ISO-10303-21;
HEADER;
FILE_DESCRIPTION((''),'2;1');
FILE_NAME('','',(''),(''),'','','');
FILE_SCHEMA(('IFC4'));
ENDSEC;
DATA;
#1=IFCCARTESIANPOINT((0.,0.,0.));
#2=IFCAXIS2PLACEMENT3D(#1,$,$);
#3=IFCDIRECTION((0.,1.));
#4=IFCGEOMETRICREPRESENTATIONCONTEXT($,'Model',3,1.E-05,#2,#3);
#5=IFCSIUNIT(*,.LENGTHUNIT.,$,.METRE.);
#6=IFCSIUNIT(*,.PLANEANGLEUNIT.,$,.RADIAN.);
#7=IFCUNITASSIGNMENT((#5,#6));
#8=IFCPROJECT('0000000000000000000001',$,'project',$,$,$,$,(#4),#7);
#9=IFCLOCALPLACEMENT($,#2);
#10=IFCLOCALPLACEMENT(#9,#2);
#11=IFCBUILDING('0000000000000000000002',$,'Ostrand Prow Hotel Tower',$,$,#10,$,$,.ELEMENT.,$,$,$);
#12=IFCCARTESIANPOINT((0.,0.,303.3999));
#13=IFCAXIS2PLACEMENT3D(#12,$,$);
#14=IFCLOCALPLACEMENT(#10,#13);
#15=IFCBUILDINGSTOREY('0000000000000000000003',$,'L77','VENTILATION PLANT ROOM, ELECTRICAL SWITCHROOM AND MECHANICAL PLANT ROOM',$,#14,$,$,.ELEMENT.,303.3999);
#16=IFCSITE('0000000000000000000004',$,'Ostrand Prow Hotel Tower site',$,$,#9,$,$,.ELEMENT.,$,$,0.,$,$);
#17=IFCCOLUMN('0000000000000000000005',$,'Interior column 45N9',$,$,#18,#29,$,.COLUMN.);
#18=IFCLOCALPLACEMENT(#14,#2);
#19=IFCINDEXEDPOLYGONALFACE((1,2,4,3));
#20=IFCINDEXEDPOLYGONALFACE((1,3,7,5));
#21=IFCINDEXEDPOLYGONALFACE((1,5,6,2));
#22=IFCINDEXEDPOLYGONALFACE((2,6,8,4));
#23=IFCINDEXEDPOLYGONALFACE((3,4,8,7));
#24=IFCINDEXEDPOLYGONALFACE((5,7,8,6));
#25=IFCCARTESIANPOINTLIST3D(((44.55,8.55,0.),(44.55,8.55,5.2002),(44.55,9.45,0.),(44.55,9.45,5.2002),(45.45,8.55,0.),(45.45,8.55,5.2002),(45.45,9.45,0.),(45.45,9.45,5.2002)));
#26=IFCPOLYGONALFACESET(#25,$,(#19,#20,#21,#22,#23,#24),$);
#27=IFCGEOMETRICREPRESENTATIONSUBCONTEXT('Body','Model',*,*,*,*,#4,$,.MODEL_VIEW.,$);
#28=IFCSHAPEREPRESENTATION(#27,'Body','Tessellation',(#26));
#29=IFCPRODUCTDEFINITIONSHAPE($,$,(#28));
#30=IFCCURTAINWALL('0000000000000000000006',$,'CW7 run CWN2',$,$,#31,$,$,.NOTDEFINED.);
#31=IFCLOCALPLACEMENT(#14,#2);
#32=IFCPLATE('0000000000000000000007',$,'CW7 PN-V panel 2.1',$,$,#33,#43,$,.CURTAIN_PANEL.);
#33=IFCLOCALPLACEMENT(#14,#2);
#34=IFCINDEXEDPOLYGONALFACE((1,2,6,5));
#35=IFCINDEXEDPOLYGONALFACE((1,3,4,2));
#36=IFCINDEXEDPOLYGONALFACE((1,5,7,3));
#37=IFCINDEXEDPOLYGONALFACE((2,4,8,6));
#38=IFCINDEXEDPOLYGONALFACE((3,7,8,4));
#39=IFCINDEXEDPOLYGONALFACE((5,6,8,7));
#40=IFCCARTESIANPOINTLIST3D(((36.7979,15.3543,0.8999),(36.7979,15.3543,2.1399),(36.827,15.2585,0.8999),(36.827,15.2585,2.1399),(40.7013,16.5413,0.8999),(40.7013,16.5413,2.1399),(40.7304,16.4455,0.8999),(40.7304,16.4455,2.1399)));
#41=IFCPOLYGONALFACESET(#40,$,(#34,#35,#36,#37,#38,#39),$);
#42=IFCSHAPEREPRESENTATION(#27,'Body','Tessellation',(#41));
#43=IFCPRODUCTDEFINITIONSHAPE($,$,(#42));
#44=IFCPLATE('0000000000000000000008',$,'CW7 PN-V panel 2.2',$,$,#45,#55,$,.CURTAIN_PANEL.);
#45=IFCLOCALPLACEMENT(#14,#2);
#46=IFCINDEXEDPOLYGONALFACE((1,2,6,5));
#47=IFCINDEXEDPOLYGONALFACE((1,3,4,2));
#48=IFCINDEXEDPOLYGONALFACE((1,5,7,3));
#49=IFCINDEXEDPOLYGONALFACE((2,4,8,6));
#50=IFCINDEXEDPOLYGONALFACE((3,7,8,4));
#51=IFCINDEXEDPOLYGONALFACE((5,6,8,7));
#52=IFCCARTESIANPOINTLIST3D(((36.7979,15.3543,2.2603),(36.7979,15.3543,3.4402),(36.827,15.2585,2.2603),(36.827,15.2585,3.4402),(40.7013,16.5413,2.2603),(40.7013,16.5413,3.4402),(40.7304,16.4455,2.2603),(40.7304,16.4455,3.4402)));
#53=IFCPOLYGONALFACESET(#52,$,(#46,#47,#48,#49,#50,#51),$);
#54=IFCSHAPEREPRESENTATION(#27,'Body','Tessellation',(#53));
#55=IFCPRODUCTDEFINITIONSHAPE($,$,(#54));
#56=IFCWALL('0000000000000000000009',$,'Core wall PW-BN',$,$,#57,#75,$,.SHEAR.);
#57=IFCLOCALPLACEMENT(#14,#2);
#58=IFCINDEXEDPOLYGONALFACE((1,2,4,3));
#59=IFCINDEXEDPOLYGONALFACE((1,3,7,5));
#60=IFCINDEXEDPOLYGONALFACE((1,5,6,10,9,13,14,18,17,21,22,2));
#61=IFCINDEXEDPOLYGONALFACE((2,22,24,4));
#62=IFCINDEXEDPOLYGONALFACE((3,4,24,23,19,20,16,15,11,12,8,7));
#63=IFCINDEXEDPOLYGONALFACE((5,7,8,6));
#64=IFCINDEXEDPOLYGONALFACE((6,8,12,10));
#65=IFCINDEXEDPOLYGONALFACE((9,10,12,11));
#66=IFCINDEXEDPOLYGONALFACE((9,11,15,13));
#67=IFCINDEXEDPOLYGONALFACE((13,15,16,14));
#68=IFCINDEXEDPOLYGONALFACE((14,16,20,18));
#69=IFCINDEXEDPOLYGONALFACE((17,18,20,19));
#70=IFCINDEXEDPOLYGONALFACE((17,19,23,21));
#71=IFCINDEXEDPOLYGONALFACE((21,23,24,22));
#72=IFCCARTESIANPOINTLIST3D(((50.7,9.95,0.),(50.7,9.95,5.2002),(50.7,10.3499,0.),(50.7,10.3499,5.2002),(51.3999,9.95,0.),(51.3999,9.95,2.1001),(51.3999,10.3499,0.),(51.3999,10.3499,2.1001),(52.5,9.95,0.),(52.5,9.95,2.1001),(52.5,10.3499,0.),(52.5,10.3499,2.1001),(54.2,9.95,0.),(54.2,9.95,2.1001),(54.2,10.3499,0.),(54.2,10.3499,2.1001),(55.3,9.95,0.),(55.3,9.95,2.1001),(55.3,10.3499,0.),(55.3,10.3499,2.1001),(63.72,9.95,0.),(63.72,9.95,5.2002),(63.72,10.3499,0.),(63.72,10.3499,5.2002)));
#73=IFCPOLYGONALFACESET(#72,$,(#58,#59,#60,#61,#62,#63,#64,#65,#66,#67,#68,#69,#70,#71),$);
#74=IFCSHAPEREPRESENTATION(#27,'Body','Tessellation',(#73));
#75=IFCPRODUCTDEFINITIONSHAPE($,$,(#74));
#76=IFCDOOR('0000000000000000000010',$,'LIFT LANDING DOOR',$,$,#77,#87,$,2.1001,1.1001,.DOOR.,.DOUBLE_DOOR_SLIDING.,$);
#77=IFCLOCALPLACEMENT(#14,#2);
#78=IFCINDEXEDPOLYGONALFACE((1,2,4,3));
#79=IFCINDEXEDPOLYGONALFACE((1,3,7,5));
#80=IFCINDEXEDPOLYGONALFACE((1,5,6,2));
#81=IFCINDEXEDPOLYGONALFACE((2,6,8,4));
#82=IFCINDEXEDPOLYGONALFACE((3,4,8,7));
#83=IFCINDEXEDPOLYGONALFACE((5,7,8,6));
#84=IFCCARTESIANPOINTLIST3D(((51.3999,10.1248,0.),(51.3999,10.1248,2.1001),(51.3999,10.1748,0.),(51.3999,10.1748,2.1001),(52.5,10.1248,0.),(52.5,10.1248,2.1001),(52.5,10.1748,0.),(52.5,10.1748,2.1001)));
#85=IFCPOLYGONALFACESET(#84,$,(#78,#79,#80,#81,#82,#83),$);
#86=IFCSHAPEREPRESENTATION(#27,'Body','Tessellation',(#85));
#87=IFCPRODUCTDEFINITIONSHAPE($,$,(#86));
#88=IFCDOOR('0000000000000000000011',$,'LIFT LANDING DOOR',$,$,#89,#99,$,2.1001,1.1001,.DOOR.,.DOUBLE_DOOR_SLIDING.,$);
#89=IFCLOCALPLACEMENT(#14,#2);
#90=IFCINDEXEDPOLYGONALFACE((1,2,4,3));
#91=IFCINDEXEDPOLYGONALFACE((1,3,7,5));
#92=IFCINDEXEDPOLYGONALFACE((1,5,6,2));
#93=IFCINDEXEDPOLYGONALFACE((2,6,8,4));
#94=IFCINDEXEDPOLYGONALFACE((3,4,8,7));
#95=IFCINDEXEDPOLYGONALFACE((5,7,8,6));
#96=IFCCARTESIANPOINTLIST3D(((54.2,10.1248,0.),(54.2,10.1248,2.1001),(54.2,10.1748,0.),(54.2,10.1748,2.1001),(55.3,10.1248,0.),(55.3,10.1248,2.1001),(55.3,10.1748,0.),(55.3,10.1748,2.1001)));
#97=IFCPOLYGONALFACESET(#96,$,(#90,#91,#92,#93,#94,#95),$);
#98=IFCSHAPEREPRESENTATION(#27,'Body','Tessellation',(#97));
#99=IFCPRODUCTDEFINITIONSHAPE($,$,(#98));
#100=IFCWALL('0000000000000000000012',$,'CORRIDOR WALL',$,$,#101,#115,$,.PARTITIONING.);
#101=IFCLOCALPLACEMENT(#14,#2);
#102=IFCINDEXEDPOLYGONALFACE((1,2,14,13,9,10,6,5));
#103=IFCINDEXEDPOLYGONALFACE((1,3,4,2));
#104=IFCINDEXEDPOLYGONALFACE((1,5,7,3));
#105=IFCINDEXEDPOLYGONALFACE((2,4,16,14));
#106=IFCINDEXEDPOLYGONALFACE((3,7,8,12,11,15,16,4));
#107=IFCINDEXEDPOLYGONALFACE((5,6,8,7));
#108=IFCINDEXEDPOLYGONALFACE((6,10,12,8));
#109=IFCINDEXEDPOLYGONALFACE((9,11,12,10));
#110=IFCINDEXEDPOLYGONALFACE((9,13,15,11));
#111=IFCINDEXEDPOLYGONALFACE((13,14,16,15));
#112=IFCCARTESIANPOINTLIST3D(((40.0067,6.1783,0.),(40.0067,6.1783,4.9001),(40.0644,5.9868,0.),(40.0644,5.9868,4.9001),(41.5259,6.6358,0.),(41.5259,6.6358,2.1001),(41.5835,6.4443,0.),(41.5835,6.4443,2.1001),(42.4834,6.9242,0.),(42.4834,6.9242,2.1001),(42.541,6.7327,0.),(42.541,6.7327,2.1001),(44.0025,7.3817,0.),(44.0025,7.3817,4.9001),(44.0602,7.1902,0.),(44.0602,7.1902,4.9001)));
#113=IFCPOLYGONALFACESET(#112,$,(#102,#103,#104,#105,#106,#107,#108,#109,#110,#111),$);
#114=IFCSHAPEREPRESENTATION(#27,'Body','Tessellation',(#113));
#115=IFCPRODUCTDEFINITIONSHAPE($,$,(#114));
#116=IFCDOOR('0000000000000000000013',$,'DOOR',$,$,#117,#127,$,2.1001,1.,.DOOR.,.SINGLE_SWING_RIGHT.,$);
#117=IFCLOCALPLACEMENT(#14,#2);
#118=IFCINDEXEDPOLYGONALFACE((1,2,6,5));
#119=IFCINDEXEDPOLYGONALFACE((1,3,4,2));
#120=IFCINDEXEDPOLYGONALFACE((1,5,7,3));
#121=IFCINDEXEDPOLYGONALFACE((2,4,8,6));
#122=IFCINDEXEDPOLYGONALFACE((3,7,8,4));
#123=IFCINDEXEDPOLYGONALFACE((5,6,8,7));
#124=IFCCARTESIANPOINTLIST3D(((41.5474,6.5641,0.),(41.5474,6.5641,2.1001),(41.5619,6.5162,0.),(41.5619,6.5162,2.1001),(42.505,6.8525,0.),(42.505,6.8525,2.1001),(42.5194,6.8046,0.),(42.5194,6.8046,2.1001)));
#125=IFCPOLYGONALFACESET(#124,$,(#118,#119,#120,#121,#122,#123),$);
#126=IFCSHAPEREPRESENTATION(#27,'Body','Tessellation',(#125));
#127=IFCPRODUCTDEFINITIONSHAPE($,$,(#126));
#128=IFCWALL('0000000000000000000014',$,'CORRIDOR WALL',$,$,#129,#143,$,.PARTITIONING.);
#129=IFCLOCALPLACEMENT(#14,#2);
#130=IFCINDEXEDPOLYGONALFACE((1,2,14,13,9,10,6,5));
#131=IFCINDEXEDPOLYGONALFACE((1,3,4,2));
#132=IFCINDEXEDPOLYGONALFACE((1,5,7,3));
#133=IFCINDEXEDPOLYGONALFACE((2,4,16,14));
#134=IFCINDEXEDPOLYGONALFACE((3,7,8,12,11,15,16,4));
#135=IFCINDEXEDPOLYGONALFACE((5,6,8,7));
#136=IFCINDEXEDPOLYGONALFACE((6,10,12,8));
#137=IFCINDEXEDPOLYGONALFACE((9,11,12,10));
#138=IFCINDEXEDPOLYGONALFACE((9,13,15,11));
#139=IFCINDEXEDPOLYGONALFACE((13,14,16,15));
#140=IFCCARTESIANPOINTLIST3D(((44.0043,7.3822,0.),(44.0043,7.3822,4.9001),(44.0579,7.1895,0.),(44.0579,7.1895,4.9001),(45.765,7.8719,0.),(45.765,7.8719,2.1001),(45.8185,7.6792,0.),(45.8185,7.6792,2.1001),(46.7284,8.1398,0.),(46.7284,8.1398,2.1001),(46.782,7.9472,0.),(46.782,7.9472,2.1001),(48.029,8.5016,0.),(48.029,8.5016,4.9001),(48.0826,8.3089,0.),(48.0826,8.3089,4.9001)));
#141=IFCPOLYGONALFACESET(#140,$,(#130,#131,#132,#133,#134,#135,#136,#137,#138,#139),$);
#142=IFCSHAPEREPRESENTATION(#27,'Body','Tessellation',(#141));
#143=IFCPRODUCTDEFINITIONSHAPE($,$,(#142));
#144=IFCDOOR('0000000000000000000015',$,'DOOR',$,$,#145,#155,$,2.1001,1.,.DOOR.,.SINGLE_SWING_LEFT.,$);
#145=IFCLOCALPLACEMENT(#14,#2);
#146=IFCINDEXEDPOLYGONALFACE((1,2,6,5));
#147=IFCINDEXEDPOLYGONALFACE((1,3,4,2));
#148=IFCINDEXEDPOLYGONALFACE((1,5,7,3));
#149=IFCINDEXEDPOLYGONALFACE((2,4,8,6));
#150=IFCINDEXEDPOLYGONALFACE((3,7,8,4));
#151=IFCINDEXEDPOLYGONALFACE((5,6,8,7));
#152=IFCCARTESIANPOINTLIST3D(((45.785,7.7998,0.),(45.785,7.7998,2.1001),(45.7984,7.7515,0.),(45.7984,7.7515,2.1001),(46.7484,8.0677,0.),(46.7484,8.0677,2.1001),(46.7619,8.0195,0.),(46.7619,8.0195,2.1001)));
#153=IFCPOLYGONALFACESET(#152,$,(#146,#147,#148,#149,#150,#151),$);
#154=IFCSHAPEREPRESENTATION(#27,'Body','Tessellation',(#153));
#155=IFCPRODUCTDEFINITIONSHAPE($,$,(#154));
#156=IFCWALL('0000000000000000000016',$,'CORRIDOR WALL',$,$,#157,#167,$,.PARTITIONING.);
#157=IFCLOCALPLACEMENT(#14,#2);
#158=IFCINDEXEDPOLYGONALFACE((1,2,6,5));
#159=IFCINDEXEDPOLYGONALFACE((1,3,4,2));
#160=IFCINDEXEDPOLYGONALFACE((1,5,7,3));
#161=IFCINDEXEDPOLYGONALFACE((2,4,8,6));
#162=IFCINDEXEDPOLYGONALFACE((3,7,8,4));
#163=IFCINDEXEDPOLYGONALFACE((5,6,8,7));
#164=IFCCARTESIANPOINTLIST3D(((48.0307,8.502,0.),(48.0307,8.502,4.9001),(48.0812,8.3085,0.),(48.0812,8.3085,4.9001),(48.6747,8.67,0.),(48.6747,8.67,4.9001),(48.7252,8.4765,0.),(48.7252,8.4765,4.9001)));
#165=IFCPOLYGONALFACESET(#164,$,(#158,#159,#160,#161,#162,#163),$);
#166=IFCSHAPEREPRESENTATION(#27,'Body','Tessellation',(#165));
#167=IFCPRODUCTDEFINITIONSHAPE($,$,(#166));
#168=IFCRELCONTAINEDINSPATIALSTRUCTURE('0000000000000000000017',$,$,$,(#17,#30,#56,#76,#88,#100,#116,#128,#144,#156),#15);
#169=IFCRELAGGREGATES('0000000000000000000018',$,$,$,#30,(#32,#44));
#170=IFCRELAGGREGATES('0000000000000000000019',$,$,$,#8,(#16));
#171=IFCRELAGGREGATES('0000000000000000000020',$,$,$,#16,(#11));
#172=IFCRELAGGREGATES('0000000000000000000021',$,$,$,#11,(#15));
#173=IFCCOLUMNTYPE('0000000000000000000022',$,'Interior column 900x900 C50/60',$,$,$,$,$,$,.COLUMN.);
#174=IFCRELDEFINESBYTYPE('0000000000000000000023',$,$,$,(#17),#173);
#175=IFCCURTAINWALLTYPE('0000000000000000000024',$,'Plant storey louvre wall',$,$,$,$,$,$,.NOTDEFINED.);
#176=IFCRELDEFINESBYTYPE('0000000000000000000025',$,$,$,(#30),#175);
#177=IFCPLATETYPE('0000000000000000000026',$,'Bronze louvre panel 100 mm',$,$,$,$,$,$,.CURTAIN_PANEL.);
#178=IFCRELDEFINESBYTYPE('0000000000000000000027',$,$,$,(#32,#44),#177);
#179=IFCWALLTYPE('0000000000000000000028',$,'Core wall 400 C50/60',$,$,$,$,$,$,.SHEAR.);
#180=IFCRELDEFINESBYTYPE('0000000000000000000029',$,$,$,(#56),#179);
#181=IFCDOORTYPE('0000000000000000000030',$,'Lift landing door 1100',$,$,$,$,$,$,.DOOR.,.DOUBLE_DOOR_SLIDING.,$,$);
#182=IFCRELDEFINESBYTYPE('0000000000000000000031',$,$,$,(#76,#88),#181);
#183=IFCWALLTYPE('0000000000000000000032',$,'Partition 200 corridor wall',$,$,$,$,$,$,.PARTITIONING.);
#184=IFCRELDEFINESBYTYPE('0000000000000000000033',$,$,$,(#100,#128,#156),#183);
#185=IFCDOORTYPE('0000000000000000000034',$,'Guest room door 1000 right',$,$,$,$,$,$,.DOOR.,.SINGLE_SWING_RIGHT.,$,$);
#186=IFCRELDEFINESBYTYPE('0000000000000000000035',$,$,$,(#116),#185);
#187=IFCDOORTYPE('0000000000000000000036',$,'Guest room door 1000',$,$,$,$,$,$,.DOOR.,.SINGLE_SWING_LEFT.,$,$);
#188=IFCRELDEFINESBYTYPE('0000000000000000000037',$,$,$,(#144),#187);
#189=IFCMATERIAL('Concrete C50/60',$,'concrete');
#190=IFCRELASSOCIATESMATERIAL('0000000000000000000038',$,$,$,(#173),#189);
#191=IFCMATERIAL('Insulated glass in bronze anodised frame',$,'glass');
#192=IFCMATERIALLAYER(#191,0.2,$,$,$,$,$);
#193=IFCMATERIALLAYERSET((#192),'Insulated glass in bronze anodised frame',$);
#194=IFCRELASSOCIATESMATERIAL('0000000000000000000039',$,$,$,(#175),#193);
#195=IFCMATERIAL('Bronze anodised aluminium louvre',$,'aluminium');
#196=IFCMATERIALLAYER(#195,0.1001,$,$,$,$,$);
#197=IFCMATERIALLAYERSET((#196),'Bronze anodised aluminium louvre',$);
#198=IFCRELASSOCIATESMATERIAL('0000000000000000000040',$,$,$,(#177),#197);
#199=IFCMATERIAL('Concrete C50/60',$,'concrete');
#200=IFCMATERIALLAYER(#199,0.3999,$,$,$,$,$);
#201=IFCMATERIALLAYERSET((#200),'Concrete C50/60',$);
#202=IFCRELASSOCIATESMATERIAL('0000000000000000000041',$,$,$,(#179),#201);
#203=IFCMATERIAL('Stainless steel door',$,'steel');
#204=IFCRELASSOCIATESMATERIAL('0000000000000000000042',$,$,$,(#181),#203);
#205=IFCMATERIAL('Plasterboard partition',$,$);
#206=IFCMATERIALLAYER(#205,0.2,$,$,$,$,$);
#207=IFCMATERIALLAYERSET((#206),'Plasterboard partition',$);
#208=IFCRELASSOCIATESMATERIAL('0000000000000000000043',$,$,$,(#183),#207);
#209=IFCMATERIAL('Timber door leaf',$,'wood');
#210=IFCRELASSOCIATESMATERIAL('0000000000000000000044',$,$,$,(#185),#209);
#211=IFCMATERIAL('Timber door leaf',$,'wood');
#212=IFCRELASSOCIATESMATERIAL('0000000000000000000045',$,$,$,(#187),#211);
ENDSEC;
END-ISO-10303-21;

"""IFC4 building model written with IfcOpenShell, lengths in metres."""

from ifc_helpers import new_model, si_unit, direction, frame, frame_2d, origin, origin_2d, place, context, subcontext, project, spatial, rectangle, extrude, material, layer, layer_set, material_profile, profile_set, type_object, element, fill, aggregate, save


model = new_model("IFC4")

# Units and contexts
model_context = context("Model", 3, precision=1e-05, world=origin(), true_north=direction((0.0, 1.0)))
body_context = subcontext(model_context, "Body", "Model", "MODEL_VIEW")
ifc_project = project(units=[si_unit("LENGTHUNIT", "METRE"), si_unit("PLANEANGLEUNIT", "RADIAN")], contexts=[model_context])

# Site, building, storey
site_placement = place(None, origin())
site = spatial("IfcSite", under=ifc_project, at=site_placement, Name="Ostrand Prow Hotel Tower site", CompositionType="ELEMENT", RefElevation=0.0)
building_placement = place(site_placement, origin())
building = spatial("IfcBuilding", under=site, at=building_placement, Name="Ostrand Prow Hotel Tower", CompositionType="ELEMENT")
storey_placement = place(building_placement, frame((0.0, 0.0, 303.3999)))
storey = spatial("IfcBuildingStorey", under=building, at=storey_placement, Name="L77", Description="VENTILATION PLANT ROOM, ELECTRICAL SWITCHROOM AND MECHANICAL PLANT ROOM", CompositionType="ELEMENT", Elevation=303.3999)

# Column
ifc_material_1 = material(Name="Concrete C50/60", Category="concrete")
ifc_material_profile = material_profile(ifc_material_1, rectangle(XDim=0.8999, YDim=0.8999, at=origin_2d()), Name="RC 900x900")
ifc_profile_set = profile_set([ifc_material_profile], Name="Concrete C50/60")
column_type = type_object("IfcColumnType", Name="Interior column 900x900 C50/60", PredefinedType="COLUMN", material=ifc_profile_set)
column_placement = place(storey_placement, frame((45.0, 9.0, 0.0), z_axis=(0.0, 0.0, 1.0), x_axis=(1.0, 0.0, 0.0)))
element("IfcColumn", 1, at=column_placement, inside=storey, type_object=column_type, Name="Interior column 45N9", PredefinedType="COLUMN", context=body_context, shape_type="SweptSolid", body=[
    extrude(rectangle(XDim=0.8999, YDim=0.8999, at=origin_2d()), origin(), (0.0, 0.0, 1.0), 5.2002),
])

# Curtain wall, plates
ifc_material_2 = material(Name="Insulated glass in bronze anodised frame", Category="glass")
ifc_layer_1 = layer(ifc_material_2, 0.2)
ifc_layer_set_1 = layer_set([ifc_layer_1], Name="Insulated glass in bronze anodised frame")
curtain_wall_type = type_object("IfcCurtainWallType", Name="Plant storey louvre wall", PredefinedType="NOTDEFINED", material=ifc_layer_set_1)
curtain_wall_placement = place(storey_placement, origin())
curtain_wall = element("IfcCurtainWall", 2, at=curtain_wall_placement, inside=storey, type_object=curtain_wall_type, Name="CW7 run CWN2", PredefinedType="NOTDEFINED")
ifc_material_3 = material(Name="Bronze anodised aluminium louvre", Category="aluminium")
ifc_layer_2 = layer(ifc_material_3, 0.1001)
ifc_layer_set_2 = layer_set([ifc_layer_2], Name="Bronze anodised aluminium louvre")
plate_type = type_object("IfcPlateType", Name="Bronze louvre panel 100 mm", PredefinedType="CURTAIN_PANEL", material=ifc_layer_set_2)
plate_1_placement = place(storey_placement, frame((38.7642, 15.8999, 0.8999), z_axis=(0.0, 0.0, 1.0), x_axis=(-0.956742, -0.290938, 0.0)))
plate_1 = element("IfcPlate", 3, at=plate_1_placement, type_object=plate_type, Name="CW7 PN-V panel 2.1", PredefinedType="CURTAIN_PANEL", context=body_context, shape_type="SweptSolid", body=[
    extrude(rectangle(XDim=4.0798, YDim=0.1001, at=origin_2d()), origin(), (0.0, 0.0, 1.0), 1.24),
])
plate_2_placement = place(storey_placement, frame((38.7642, 15.8999, 2.2603), z_axis=(0.0, 0.0, 1.0), x_axis=(-0.956742, -0.290938, 0.0)))
plate_2 = element("IfcPlate", 4, at=plate_2_placement, type_object=plate_type, Name="CW7 PN-V panel 2.2", PredefinedType="CURTAIN_PANEL", context=body_context, shape_type="SweptSolid", body=[
    extrude(rectangle(XDim=4.0798, YDim=0.1001, at=origin_2d()), origin(), (0.0, 0.0, 1.0), 1.1799),
])
aggregate(curtain_wall, [plate_1, plate_2])

# Wall, openings, doors
ifc_material_4 = material(Name="Concrete C50/60", Category="concrete")
ifc_layer_3 = layer(ifc_material_4, 0.3999)
ifc_layer_set_3 = layer_set([ifc_layer_3], Name="Concrete C50/60")
wall_type_1 = type_object("IfcWallType", Name="Core wall 400 C50/60", PredefinedType="SHEAR", material=ifc_layer_set_3)
wall_1_placement = place(storey_placement, frame((50.7, 10.1499, 0.0), z_axis=(0.0, 0.0, 1.0), x_axis=(1.0, 0.0, 0.0)))
wall_1 = element("IfcWall", 5, at=wall_1_placement, inside=storey, type_object=wall_type_1, Name="Core wall PW-BN", PredefinedType="SHEAR", context=body_context, shape_type="SweptSolid", body=[
    extrude(rectangle(XDim=13.02, YDim=0.3999, at=frame_2d((6.51, 0.0))), origin(), (0.0, 0.0, 1.0), 5.2002),
])
opening_1_placement = place(wall_1_placement, frame((0.7, 0.0, 0.0)))
opening_1 = element("IfcOpeningElement", 6, at=opening_1_placement, cuts=wall_1, PredefinedType="OPENING", context=body_context, shape_type="SweptSolid", body=[
    extrude(rectangle(XDim=1.1001, YDim=2.1001, at=frame_2d((0.55, 1.05))), frame((0.0, 0.21, 0.0), z_axis=(0.0, -1.0, 0.0), x_axis=(1.0, 0.0, 0.0)), (0.0, 0.0, 1.0), 0.4199),
])
opening_2_placement = place(wall_1_placement, frame((3.5, 0.0, 0.0)))
opening_2 = element("IfcOpeningElement", 7, at=opening_2_placement, cuts=wall_1, PredefinedType="OPENING", context=body_context, shape_type="SweptSolid", body=[
    extrude(rectangle(XDim=1.1001, YDim=2.1001, at=frame_2d((0.55, 1.05))), frame((0.0, 0.21, 0.0), z_axis=(0.0, -1.0, 0.0), x_axis=(1.0, 0.0, 0.0)), (0.0, 0.0, 1.0), 0.4199),
])
ifc_material_5 = material(Name="Stainless steel door", Category="steel")
door_type_1 = type_object("IfcDoorType", Name="Lift landing door 1100", OperationType="DOUBLE_DOOR_SLIDING", PredefinedType="DOOR", material=ifc_material_5)
door_1_placement = place(opening_1_placement, origin())
door_1 = element("IfcDoor", 8, at=door_1_placement, inside=storey, type_object=door_type_1, Name="LIFT LANDING DOOR", OperationType="DOUBLE_DOOR_SLIDING", OverallHeight=2.1001, OverallWidth=1.1001, PredefinedType="DOOR", context=body_context, shape_type="SweptSolid", body=[
    extrude(rectangle(XDim=1.1001, YDim=2.1001, at=frame_2d((0.55, 1.05))), frame((0.0, 0.0249, 0.0), z_axis=(0.0, -1.0, 0.0), x_axis=(1.0, 0.0, 0.0)), (0.0, 0.0, 1.0), 0.05),
])
fill(opening_1, door_1)
door_2_placement = place(opening_2_placement, origin())
door_2 = element("IfcDoor", 9, at=door_2_placement, inside=storey, type_object=door_type_1, Name="LIFT LANDING DOOR", OperationType="DOUBLE_DOOR_SLIDING", OverallHeight=2.1001, OverallWidth=1.1001, PredefinedType="DOOR", context=body_context, shape_type="SweptSolid", body=[
    extrude(rectangle(XDim=1.1001, YDim=2.1001, at=frame_2d((0.55, 1.05))), frame((0.0, 0.0249, 0.0), z_axis=(0.0, -1.0, 0.0), x_axis=(1.0, 0.0, 0.0)), (0.0, 0.0, 1.0), 0.05),
])
fill(opening_2, door_2)

# Walls, openings, doors
ifc_material_6 = material(Name="Plasterboard partition")
ifc_layer_4 = layer(ifc_material_6, 0.2)
ifc_layer_set_4 = layer_set([ifc_layer_4], Name="Plasterboard partition")
wall_type_2 = type_object("IfcWallType", Name="Partition 200 corridor wall", PredefinedType="PARTITIONING", material=ifc_layer_set_4)
wall_2_placement = place(storey_placement, frame((44.0312, 7.2859, 0.0), z_axis=(0.0, 0.0, 1.0), x_axis=(-0.957521, -0.288362, 0.0)))
wall_2 = element("IfcWall", 10, at=wall_2_placement, inside=storey, type_object=wall_type_2, Name="CORRIDOR WALL", PredefinedType="PARTITIONING", context=body_context, shape_type="SweptSolid", body=[
    extrude(rectangle(XDim=4.1731, YDim=0.2, at=frame_2d((2.0864, 0.0))), origin(), (0.0, 0.0, 1.0), 4.9001),
])
opening_3_placement = place(wall_2_placement, frame((1.5864, 0.0, 0.0)))
opening_3 = element("IfcOpeningElement", 11, at=opening_3_placement, cuts=wall_2, PredefinedType="OPENING", context=body_context, shape_type="SweptSolid", body=[
    extrude(rectangle(XDim=1.0, YDim=2.1001, at=frame_2d((0.5, 1.05))), frame((0.0, 0.1099, 0.0), z_axis=(0.0, -1.0, 0.0), x_axis=(1.0, 0.0, 0.0)), (0.0, 0.0, 1.0), 0.22),
])
ifc_material_7 = material(Name="Timber door leaf", Category="wood")
door_type_2 = type_object("IfcDoorType", Name="Guest room door 1000 right", OperationType="SINGLE_SWING_RIGHT", PredefinedType="DOOR", material=ifc_material_7)
door_3_placement = place(opening_3_placement, origin())
door_3 = element("IfcDoor", 12, at=door_3_placement, inside=storey, type_object=door_type_2, Name="DOOR", OperationType="SINGLE_SWING_RIGHT", OverallHeight=2.1001, OverallWidth=1.0, PredefinedType="DOOR", context=body_context, shape_type="SweptSolid", body=[
    extrude(rectangle(XDim=1.0, YDim=2.1001, at=frame_2d((0.5, 1.05))), frame((0.0, 0.0249, 0.0), z_axis=(0.0, -1.0, 0.0), x_axis=(1.0, 0.0, 0.0)), (0.0, 0.0, 1.0), 0.05),
])
fill(opening_3, door_3)
wall_3_placement = place(storey_placement, frame((48.0559, 8.4053, 0.0), z_axis=(0.0, 0.0, 1.0), x_axis=(-0.96343, -0.26796, 0.0)))
wall_3 = element("IfcWall", 13, at=wall_3_placement, inside=storey, type_object=wall_type_2, Name="CORRIDOR WALL", PredefinedType="PARTITIONING", context=body_context, shape_type="SweptSolid", body=[
    extrude(rectangle(XDim=4.1775, YDim=0.2, at=frame_2d((2.0889, 0.0))), origin(), (0.0, 0.0, 1.0), 4.9001),
])
opening_4_placement = place(wall_3_placement, frame((1.3501, 0.0, 0.0)))
opening_4 = element("IfcOpeningElement", 14, at=opening_4_placement, cuts=wall_3, PredefinedType="OPENING", context=body_context, shape_type="SweptSolid", body=[
    extrude(rectangle(XDim=1.0, YDim=2.1001, at=frame_2d((0.5, 1.05))), frame((0.0, 0.1099, 0.0), z_axis=(0.0, -1.0, 0.0), x_axis=(1.0, 0.0, 0.0)), (0.0, 0.0, 1.0), 0.22),
])
ifc_material_8 = material(Name="Timber door leaf", Category="wood")
door_type_3 = type_object("IfcDoorType", Name="Guest room door 1000", OperationType="SINGLE_SWING_LEFT", PredefinedType="DOOR", material=ifc_material_8)
door_4_placement = place(opening_4_placement, origin())
door_4 = element("IfcDoor", 15, at=door_4_placement, inside=storey, type_object=door_type_3, Name="DOOR", OperationType="SINGLE_SWING_LEFT", OverallHeight=2.1001, OverallWidth=1.0, PredefinedType="DOOR", context=body_context, shape_type="SweptSolid", body=[
    extrude(rectangle(XDim=1.0, YDim=2.1001, at=frame_2d((0.5, 1.05))), frame((0.0, 0.0249, 0.0), z_axis=(0.0, -1.0, 0.0), x_axis=(1.0, 0.0, 0.0)), (0.0, 0.0, 1.0), 0.05),
])
fill(opening_4, door_4)

# Wall
wall_4_placement = place(storey_placement, frame((48.7, 8.5732, 0.0), z_axis=(0.0, 0.0, 1.0), x_axis=(-0.967633, -0.252362, 0.0)))
element("IfcWall", 16, at=wall_4_placement, inside=storey, type_object=wall_type_2, Name="CORRIDOR WALL", PredefinedType="PARTITIONING", context=body_context, shape_type="SweptSolid", body=[
    extrude(rectangle(XDim=0.6655, YDim=0.2, at=frame_2d((0.3328, 0.0))), origin(), (0.0, 0.0, 1.0), 4.9001),
])

save(model, "model.ifc")
